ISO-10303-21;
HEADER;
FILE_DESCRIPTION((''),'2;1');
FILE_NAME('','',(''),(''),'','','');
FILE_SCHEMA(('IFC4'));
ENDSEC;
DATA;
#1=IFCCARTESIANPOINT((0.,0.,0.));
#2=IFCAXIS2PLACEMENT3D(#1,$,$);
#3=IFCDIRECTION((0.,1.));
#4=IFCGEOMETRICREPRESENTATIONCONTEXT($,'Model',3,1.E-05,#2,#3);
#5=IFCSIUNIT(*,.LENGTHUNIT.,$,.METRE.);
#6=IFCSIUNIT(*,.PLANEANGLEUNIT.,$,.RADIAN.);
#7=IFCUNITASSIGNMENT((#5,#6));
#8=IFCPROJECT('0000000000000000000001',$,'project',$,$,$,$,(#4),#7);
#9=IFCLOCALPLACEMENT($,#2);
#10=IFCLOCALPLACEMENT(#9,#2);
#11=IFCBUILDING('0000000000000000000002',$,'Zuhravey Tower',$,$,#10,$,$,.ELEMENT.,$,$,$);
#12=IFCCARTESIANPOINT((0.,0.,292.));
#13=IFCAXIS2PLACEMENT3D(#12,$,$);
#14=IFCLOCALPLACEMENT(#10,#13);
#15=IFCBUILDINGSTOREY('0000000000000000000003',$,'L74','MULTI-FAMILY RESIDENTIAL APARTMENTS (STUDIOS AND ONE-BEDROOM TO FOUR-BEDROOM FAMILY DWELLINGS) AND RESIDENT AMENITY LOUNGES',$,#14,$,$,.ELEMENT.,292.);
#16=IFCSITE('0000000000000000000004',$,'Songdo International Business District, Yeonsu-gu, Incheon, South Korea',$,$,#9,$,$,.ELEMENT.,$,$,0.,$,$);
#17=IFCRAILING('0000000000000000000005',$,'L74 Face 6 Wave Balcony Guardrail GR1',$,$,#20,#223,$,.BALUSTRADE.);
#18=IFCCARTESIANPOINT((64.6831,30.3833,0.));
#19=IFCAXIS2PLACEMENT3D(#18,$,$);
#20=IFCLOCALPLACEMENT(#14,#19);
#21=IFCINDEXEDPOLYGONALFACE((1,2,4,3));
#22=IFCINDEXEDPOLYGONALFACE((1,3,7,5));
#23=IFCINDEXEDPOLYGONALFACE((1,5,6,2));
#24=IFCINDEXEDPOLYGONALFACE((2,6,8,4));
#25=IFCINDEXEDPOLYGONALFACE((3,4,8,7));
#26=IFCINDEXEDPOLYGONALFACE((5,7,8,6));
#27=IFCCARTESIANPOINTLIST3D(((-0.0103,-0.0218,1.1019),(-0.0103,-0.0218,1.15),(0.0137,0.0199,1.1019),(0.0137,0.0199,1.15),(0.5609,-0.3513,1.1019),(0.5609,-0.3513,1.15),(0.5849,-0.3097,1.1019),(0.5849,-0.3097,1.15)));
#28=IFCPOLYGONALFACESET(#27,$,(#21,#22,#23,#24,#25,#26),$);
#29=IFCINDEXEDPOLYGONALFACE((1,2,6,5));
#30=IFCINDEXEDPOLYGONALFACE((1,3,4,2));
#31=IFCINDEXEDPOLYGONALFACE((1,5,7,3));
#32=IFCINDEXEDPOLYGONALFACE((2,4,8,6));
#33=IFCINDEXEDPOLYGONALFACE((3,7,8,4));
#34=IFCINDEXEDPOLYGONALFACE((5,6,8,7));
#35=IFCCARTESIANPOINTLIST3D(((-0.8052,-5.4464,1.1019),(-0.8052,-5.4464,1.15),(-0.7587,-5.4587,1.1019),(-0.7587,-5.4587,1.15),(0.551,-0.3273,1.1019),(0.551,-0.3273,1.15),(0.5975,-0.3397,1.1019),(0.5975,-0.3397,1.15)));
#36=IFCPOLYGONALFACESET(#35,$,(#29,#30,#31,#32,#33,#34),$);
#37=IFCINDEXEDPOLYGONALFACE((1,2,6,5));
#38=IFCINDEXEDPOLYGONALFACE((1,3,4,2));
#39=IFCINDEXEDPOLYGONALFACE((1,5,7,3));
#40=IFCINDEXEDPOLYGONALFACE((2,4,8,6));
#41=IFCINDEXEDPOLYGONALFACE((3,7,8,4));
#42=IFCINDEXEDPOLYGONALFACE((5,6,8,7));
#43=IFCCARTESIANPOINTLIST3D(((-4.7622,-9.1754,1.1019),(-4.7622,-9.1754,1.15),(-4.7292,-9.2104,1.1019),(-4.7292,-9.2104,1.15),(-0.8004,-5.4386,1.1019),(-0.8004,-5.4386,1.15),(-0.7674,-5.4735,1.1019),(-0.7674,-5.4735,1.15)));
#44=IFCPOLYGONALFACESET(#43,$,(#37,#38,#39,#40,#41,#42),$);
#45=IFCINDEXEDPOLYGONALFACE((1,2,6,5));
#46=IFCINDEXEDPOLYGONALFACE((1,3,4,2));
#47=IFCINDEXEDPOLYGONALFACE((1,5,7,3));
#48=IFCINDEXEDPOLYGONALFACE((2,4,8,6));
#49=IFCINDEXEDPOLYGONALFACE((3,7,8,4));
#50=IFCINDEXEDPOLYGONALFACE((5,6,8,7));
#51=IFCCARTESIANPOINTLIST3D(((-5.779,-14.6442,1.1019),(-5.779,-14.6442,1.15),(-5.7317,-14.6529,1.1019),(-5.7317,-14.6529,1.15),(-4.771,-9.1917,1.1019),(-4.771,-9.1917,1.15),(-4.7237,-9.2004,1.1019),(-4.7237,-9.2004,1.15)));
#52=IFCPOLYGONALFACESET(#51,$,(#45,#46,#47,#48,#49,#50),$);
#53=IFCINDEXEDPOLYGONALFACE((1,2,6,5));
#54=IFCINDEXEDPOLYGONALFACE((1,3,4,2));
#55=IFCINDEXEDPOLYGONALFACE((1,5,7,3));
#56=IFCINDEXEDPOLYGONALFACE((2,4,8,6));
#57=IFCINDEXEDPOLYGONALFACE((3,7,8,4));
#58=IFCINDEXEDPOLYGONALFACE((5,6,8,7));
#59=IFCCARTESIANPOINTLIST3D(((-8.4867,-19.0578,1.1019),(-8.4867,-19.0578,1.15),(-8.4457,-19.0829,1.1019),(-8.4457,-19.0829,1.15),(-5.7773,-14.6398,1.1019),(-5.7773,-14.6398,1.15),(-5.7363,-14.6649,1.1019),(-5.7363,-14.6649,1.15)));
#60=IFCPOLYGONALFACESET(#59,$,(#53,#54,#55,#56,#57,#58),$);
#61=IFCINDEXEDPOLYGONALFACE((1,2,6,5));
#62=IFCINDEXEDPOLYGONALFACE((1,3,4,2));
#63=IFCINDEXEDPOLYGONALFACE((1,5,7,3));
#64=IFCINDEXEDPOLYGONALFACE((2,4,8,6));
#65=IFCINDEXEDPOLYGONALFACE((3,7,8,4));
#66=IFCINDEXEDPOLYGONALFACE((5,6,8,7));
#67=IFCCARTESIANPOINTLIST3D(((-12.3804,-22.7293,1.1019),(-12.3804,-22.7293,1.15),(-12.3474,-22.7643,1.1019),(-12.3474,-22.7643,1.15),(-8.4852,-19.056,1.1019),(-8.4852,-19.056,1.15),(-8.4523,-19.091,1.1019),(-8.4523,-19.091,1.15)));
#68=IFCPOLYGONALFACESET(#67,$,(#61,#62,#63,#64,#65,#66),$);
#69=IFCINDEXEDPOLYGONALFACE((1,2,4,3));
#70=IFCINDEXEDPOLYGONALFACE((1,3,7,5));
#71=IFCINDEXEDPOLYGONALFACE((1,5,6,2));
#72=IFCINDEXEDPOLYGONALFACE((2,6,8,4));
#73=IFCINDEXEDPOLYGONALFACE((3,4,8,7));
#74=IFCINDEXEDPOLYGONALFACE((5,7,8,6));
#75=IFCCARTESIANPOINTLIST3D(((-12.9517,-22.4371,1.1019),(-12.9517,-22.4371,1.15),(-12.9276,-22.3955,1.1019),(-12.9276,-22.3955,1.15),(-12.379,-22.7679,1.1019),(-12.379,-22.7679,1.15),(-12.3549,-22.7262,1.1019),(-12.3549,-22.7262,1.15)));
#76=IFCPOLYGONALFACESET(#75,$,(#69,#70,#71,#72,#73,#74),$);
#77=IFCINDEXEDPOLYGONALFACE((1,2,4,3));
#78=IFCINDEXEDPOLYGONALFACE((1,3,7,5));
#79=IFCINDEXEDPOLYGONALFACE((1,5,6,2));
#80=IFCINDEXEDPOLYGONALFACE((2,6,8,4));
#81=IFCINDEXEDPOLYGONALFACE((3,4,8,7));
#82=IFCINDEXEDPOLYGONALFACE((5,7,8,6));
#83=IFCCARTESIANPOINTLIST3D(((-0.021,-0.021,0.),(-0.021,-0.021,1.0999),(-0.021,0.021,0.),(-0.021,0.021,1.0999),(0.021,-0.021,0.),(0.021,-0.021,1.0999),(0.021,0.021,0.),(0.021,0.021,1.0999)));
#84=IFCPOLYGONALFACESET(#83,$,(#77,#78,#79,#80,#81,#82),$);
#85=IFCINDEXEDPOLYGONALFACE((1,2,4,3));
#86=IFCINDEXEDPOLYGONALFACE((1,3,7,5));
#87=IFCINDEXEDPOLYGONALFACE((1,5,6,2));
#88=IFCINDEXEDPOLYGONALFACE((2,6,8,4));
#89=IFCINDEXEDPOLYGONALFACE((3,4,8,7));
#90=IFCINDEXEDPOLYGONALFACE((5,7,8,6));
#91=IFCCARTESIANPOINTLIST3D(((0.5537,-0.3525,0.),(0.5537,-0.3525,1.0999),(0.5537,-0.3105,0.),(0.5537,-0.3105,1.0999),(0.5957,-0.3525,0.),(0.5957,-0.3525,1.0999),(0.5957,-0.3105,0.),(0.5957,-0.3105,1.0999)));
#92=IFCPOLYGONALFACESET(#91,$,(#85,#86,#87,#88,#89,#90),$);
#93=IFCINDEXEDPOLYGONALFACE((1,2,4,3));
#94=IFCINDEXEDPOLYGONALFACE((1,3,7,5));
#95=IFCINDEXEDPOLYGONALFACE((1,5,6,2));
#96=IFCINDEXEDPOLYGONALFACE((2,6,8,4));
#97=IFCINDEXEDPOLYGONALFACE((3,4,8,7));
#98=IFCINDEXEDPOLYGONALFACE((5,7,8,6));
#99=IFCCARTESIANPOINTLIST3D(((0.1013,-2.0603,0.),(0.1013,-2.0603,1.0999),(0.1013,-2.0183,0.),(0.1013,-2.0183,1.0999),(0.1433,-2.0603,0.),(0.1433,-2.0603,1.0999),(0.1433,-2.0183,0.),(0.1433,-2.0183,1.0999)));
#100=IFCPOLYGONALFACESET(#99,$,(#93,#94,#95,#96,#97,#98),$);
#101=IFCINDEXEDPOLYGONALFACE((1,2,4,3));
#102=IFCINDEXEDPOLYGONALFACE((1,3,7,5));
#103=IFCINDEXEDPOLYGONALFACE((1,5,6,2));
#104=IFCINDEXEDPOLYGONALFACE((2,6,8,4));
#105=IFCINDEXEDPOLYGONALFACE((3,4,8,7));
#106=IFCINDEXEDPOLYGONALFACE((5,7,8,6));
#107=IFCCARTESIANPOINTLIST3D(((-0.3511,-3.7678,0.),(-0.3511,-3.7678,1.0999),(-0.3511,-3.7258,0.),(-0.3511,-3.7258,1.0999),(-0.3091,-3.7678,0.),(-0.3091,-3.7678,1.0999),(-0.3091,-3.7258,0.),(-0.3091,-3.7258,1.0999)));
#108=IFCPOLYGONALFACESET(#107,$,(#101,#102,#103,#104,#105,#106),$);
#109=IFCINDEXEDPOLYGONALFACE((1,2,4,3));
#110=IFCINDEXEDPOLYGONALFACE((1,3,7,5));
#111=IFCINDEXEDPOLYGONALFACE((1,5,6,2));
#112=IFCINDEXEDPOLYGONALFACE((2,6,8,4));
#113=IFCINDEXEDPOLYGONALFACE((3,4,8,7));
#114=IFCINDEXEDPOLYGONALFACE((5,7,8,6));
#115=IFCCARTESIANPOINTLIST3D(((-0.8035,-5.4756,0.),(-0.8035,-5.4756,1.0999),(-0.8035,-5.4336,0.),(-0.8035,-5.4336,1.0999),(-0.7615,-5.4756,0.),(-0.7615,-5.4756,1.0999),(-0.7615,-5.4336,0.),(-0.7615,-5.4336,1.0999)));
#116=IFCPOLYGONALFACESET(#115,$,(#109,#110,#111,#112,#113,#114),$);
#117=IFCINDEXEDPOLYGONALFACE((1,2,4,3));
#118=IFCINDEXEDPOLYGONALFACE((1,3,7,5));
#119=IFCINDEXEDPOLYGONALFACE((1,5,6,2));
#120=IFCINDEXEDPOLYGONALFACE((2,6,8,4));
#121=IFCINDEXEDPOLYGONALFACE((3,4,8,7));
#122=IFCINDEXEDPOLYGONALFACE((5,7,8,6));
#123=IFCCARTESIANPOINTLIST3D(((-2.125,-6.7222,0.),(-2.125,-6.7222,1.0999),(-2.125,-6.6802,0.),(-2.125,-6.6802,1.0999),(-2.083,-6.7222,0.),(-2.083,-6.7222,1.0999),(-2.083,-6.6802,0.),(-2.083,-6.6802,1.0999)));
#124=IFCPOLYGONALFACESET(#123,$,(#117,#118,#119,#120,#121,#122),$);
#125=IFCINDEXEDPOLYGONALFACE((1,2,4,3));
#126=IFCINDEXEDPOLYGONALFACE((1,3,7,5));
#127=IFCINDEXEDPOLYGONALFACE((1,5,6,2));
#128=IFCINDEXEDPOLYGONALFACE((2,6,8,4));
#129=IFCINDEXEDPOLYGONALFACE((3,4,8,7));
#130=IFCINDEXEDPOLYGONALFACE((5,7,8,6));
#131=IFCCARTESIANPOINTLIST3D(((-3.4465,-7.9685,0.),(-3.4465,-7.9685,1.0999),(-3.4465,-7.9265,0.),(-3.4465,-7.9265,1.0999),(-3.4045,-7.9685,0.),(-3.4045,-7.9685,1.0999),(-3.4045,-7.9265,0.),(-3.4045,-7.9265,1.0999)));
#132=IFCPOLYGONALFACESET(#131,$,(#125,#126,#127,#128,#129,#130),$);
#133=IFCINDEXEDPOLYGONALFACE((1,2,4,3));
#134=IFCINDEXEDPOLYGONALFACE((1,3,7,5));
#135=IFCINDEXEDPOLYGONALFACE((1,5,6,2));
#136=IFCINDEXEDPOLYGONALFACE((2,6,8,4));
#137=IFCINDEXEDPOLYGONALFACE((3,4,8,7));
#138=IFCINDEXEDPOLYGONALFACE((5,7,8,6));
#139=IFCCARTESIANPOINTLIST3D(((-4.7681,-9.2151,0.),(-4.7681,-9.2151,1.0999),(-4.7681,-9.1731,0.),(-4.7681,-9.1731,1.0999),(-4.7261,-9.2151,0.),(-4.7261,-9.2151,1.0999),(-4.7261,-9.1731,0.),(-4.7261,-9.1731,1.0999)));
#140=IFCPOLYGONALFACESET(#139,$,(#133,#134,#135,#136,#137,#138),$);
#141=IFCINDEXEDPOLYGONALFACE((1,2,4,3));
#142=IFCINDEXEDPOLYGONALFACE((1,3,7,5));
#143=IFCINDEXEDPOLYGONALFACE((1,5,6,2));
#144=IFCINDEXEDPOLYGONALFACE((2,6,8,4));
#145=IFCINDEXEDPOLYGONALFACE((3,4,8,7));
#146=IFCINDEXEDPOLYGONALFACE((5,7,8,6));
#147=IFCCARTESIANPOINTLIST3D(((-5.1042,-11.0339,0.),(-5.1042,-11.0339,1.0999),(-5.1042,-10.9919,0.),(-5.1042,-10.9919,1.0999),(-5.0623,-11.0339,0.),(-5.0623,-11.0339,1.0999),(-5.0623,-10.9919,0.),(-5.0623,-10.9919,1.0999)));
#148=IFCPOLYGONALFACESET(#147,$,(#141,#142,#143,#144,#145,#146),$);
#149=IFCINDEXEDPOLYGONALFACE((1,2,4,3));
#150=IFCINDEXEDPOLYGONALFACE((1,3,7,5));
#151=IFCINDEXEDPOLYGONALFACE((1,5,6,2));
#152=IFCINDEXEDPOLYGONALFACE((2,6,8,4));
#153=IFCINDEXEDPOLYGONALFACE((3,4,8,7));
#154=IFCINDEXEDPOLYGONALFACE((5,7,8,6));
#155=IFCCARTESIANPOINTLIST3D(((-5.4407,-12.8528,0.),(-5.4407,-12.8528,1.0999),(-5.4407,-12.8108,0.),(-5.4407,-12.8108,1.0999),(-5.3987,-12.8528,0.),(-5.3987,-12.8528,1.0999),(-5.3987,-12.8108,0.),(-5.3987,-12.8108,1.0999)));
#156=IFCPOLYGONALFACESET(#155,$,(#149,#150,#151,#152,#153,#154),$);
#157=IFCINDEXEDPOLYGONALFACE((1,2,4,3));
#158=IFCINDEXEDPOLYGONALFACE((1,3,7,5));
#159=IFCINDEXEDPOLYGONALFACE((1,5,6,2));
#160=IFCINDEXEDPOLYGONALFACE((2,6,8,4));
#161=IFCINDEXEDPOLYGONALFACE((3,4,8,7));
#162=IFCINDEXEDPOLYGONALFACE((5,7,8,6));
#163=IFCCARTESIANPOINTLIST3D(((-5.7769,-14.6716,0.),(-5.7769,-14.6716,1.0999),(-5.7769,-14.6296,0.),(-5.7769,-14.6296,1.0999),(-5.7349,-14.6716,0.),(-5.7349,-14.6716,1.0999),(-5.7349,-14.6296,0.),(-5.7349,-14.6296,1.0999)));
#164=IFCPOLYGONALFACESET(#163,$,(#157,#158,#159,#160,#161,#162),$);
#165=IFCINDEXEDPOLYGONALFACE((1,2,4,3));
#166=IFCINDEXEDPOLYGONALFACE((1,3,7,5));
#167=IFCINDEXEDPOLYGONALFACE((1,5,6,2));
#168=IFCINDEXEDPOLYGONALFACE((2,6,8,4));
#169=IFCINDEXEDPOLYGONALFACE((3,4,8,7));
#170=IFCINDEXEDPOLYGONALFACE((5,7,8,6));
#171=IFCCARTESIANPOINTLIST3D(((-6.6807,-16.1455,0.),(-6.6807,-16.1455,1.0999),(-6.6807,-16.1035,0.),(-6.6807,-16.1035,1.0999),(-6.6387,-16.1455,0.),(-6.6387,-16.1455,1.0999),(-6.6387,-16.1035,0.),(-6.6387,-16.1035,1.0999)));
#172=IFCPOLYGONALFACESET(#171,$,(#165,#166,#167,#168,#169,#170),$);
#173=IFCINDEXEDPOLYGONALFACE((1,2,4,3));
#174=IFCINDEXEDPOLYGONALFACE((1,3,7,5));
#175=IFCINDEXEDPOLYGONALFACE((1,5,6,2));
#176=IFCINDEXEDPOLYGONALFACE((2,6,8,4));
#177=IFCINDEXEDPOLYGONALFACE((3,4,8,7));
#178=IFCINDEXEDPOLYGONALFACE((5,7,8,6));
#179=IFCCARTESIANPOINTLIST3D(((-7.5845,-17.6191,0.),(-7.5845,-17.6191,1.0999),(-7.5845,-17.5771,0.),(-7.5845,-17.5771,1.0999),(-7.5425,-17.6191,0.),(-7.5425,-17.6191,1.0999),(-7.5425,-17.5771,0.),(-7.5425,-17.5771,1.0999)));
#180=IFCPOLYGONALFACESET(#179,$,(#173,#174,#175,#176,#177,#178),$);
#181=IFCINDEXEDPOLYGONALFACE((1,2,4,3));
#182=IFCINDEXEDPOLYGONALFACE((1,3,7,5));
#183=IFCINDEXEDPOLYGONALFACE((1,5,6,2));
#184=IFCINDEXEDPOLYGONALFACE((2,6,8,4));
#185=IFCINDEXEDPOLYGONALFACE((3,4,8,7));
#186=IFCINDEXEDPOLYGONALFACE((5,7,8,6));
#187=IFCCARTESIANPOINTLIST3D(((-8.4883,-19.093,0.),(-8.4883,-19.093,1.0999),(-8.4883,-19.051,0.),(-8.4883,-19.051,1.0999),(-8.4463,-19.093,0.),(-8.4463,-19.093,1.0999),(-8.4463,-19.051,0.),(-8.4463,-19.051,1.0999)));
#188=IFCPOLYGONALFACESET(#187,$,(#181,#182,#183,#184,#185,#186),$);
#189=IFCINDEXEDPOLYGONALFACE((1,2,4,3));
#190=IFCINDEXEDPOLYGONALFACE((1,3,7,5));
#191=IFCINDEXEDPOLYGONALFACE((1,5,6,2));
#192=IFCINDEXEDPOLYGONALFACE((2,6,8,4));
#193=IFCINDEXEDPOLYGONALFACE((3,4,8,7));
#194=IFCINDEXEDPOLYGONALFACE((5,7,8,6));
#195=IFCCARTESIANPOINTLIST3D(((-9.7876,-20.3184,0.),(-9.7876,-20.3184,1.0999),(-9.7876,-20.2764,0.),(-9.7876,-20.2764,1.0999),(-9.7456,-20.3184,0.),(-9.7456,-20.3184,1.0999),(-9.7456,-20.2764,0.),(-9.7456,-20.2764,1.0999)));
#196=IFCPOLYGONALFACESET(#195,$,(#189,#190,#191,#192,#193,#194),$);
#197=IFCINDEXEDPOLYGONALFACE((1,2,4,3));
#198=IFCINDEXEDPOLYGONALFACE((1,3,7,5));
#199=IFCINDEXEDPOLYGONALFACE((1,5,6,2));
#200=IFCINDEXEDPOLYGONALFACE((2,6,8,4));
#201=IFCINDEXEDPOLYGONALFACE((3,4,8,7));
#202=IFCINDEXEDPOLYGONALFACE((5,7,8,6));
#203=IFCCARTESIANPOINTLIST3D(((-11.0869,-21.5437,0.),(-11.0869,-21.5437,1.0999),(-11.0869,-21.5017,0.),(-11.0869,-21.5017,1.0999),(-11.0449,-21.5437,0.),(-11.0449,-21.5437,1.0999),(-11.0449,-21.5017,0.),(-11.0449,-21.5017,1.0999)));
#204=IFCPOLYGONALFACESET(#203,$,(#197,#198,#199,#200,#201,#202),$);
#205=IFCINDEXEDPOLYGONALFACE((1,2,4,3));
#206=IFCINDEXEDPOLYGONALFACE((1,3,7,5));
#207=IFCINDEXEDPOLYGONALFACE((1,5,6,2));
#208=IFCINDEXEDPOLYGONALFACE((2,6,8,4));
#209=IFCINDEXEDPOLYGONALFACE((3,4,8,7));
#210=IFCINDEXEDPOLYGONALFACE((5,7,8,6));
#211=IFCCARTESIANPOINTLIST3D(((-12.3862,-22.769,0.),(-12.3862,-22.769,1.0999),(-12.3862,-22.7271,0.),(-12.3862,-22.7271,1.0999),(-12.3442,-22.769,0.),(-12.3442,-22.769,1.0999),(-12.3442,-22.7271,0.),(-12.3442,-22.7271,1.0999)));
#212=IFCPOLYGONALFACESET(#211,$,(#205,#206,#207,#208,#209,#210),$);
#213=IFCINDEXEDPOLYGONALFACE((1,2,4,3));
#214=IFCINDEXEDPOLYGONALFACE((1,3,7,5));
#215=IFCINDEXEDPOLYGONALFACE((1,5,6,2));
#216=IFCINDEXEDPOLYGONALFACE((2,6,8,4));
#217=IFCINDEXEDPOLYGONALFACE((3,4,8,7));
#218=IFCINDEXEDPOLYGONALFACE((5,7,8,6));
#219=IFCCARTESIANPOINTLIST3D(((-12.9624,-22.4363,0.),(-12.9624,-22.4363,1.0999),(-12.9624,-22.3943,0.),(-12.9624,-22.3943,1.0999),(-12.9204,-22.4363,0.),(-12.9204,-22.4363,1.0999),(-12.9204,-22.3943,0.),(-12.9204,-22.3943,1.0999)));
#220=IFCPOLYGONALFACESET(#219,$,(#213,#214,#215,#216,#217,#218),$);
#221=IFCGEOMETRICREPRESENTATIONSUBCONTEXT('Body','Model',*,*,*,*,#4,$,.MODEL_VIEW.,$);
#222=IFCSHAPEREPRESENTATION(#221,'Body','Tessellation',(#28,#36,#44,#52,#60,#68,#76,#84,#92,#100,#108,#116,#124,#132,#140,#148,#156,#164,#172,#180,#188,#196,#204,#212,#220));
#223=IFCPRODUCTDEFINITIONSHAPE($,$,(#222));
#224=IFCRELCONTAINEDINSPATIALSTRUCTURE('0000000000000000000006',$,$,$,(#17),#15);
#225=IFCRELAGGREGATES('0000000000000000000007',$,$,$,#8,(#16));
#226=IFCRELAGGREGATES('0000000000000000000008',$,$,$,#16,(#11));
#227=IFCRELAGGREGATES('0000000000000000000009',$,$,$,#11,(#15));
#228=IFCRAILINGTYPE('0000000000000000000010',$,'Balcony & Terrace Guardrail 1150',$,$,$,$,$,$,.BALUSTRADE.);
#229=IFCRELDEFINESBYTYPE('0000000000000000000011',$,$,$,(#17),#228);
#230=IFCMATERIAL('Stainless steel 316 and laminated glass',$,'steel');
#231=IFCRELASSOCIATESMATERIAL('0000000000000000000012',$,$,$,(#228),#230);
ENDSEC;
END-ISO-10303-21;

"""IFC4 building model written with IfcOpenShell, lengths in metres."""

from ifc_helpers import new_model, si_unit, direction, frame, origin, origin_2d, place, context, subcontext, project, spatial, rectangle, extrude, material, type_object, element, save


model = new_model("IFC4")

# Units and contexts
model_context = context("Model", 3, precision=1e-05, world=origin(), true_north=direction((0.0, 1.0)))
body_context = subcontext(model_context, "Body", "Model", "MODEL_VIEW")
ifc_project = project(units=[si_unit("LENGTHUNIT", "METRE"), si_unit("PLANEANGLEUNIT", "RADIAN")], contexts=[model_context])

# Site, building, storey
site_placement = place(None, origin())
site = spatial("IfcSite", under=ifc_project, at=site_placement, Name="Songdo International Business District, Yeonsu-gu, Incheon, South Korea", CompositionType="ELEMENT", RefElevation=0.0)
building_placement = place(site_placement, origin())
building = spatial("IfcBuilding", under=site, at=building_placement, Name="Zuhravey Tower", CompositionType="ELEMENT")
storey_placement = place(building_placement, frame((0.0, 0.0, 292.0)))
storey = spatial("IfcBuildingStorey", under=building, at=storey_placement, Name="L74", Description="MULTI-FAMILY RESIDENTIAL APARTMENTS (STUDIOS AND ONE-BEDROOM TO FOUR-BEDROOM FAMILY DWELLINGS) AND RESIDENT AMENITY LOUNGES", CompositionType="ELEMENT", Elevation=292.0)

# Railing
ifc_material_1 = material(Name="Stainless steel 316 and laminated glass", Category="steel")
railing_type = type_object("IfcRailingType", Name="Balcony & Terrace Guardrail 1150", PredefinedType="BALUSTRADE", material=ifc_material_1)
railing_placement = place(storey_placement, frame((64.6831, 30.3833, 0.0)))
element("IfcRailing", 1, at=railing_placement, inside=storey, type_object=railing_type, Name="L74 Face 6 Wave Balcony Guardrail GR1", PredefinedType="BALUSTRADE", context=body_context, shape_type="SweptSolid", body=[
    extrude(rectangle(XDim=0.0481, YDim=0.0481, at=origin_2d()), frame((0.0017, -0.001, 1.126), z_axis=(0.866198, -0.499701, 0.0), x_axis=(0.499701, 0.866198, 0.0)), (0.0, 0.0, 1.0), 0.6594),
    extrude(rectangle(XDim=0.0481, YDim=0.0481, at=origin_2d()), frame((0.5742, -0.3335, 1.126), z_axis=(-0.256082, -0.966655, 0.0), x_axis=(0.966655, -0.256082, 0.0)), (0.0, 0.0, 1.0), 5.2957),
    extrude(rectangle(XDim=0.0481, YDim=0.0481, at=origin_2d()), frame((-0.7839, -5.4561, 1.126), z_axis=(-0.727457, -0.686154, 0.0), x_axis=(0.686154, -0.727457, 0.0)), (0.0, 0.0, 1.0), 5.446),
    extrude(rectangle(XDim=0.0481, YDim=0.0481, at=origin_2d()), frame((-4.7473, -9.196, 1.126), z_axis=(-0.181796, -0.983336, 0.0), x_axis=(0.983336, -0.181796, 0.0)), (0.0, 0.0, 1.0), 5.5449),
    extrude(rectangle(XDim=0.0481, YDim=0.0481, at=origin_2d()), frame((-5.7568, -14.6523, 1.126), z_axis=(-0.522778, -0.852469, 0.0), x_axis=(0.852469, -0.522778, 0.0)), (0.0, 0.0, 1.0), 5.1826),
    extrude(rectangle(XDim=0.0481, YDim=0.0481, at=origin_2d()), frame((-8.4688, -19.0735, 1.126), z_axis=(-0.727513, -0.686094, 0.0), x_axis=(0.686094, -0.727513, 0.0)), (0.0, 0.0, 1.0), 5.354),
    extrude(rectangle(XDim=0.0481, YDim=0.0481, at=origin_2d()), frame((-12.3669, -22.7471, 1.126), z_axis=(-0.865953, 0.500125, 0.0), x_axis=(-0.500125, -0.865953, 0.0)), (0.0, 0.0, 1.0), 0.6614),
    extrude(rectangle(XDim=0.042, YDim=0.042, at=origin_2d()), origin(), (0.0, 0.0, 1.0), 1.0999),
    extrude(rectangle(XDim=0.042, YDim=0.042, at=origin_2d()), frame((0.5747, -0.3315, 0.0)), (0.0, 0.0, 1.0), 1.0999),
    extrude(rectangle(XDim=0.042, YDim=0.042, at=origin_2d()), frame((0.1223, -2.0393, 0.0)), (0.0, 0.0, 1.0), 1.0999),
    extrude(rectangle(XDim=0.042, YDim=0.042, at=origin_2d()), frame((-0.3301, -3.7468, 0.0)), (0.0, 0.0, 1.0), 1.0999),
    extrude(rectangle(XDim=0.042, YDim=0.042, at=origin_2d()), frame((-0.7825, -5.4546, 0.0)), (0.0, 0.0, 1.0), 1.0999),
    extrude(rectangle(XDim=0.042, YDim=0.042, at=origin_2d()), frame((-2.104, -6.7012, 0.0)), (0.0, 0.0, 1.0), 1.0999),
    extrude(rectangle(XDim=0.042, YDim=0.042, at=origin_2d()), frame((-3.4255, -7.9475, 0.0)), (0.0, 0.0, 1.0), 1.0999),
    extrude(rectangle(XDim=0.042, YDim=0.042, at=origin_2d()), frame((-4.7471, -9.1941, 0.0)), (0.0, 0.0, 1.0), 1.0999),
    extrude(rectangle(XDim=0.042, YDim=0.042, at=origin_2d()), frame((-5.0833, -11.0129, 0.0)), (0.0, 0.0, 1.0), 1.0999),
    extrude(rectangle(XDim=0.042, YDim=0.042, at=origin_2d()), frame((-5.4197, -12.8318, 0.0)), (0.0, 0.0, 1.0), 1.0999),
    extrude(rectangle(XDim=0.042, YDim=0.042, at=origin_2d()), frame((-5.7559, -14.6506, 0.0)), (0.0, 0.0, 1.0), 1.0999),
    extrude(rectangle(XDim=0.042, YDim=0.042, at=origin_2d()), frame((-6.6597, -16.1245, 0.0)), (0.0, 0.0, 1.0), 1.0999),
    extrude(rectangle(XDim=0.042, YDim=0.042, at=origin_2d()), frame((-7.5635, -17.5981, 0.0)), (0.0, 0.0, 1.0), 1.0999),
    extrude(rectangle(XDim=0.042, YDim=0.042, at=origin_2d()), frame((-8.4673, -19.072, 0.0)), (0.0, 0.0, 1.0), 1.0999),
    extrude(rectangle(XDim=0.042, YDim=0.042, at=origin_2d()), frame((-9.7666, -20.2974, 0.0)), (0.0, 0.0, 1.0), 1.0999),
    extrude(rectangle(XDim=0.042, YDim=0.042, at=origin_2d()), frame((-11.0659, -21.5227, 0.0)), (0.0, 0.0, 1.0), 1.0999),
    extrude(rectangle(XDim=0.042, YDim=0.042, at=origin_2d()), frame((-12.3652, -22.748, 0.0)), (0.0, 0.0, 1.0), 1.0999),
    extrude(rectangle(XDim=0.042, YDim=0.042, at=origin_2d()), frame((-12.9414, -22.4153, 0.0)), (0.0, 0.0, 1.0), 1.0999),
])

save(model, "model.ifc")
